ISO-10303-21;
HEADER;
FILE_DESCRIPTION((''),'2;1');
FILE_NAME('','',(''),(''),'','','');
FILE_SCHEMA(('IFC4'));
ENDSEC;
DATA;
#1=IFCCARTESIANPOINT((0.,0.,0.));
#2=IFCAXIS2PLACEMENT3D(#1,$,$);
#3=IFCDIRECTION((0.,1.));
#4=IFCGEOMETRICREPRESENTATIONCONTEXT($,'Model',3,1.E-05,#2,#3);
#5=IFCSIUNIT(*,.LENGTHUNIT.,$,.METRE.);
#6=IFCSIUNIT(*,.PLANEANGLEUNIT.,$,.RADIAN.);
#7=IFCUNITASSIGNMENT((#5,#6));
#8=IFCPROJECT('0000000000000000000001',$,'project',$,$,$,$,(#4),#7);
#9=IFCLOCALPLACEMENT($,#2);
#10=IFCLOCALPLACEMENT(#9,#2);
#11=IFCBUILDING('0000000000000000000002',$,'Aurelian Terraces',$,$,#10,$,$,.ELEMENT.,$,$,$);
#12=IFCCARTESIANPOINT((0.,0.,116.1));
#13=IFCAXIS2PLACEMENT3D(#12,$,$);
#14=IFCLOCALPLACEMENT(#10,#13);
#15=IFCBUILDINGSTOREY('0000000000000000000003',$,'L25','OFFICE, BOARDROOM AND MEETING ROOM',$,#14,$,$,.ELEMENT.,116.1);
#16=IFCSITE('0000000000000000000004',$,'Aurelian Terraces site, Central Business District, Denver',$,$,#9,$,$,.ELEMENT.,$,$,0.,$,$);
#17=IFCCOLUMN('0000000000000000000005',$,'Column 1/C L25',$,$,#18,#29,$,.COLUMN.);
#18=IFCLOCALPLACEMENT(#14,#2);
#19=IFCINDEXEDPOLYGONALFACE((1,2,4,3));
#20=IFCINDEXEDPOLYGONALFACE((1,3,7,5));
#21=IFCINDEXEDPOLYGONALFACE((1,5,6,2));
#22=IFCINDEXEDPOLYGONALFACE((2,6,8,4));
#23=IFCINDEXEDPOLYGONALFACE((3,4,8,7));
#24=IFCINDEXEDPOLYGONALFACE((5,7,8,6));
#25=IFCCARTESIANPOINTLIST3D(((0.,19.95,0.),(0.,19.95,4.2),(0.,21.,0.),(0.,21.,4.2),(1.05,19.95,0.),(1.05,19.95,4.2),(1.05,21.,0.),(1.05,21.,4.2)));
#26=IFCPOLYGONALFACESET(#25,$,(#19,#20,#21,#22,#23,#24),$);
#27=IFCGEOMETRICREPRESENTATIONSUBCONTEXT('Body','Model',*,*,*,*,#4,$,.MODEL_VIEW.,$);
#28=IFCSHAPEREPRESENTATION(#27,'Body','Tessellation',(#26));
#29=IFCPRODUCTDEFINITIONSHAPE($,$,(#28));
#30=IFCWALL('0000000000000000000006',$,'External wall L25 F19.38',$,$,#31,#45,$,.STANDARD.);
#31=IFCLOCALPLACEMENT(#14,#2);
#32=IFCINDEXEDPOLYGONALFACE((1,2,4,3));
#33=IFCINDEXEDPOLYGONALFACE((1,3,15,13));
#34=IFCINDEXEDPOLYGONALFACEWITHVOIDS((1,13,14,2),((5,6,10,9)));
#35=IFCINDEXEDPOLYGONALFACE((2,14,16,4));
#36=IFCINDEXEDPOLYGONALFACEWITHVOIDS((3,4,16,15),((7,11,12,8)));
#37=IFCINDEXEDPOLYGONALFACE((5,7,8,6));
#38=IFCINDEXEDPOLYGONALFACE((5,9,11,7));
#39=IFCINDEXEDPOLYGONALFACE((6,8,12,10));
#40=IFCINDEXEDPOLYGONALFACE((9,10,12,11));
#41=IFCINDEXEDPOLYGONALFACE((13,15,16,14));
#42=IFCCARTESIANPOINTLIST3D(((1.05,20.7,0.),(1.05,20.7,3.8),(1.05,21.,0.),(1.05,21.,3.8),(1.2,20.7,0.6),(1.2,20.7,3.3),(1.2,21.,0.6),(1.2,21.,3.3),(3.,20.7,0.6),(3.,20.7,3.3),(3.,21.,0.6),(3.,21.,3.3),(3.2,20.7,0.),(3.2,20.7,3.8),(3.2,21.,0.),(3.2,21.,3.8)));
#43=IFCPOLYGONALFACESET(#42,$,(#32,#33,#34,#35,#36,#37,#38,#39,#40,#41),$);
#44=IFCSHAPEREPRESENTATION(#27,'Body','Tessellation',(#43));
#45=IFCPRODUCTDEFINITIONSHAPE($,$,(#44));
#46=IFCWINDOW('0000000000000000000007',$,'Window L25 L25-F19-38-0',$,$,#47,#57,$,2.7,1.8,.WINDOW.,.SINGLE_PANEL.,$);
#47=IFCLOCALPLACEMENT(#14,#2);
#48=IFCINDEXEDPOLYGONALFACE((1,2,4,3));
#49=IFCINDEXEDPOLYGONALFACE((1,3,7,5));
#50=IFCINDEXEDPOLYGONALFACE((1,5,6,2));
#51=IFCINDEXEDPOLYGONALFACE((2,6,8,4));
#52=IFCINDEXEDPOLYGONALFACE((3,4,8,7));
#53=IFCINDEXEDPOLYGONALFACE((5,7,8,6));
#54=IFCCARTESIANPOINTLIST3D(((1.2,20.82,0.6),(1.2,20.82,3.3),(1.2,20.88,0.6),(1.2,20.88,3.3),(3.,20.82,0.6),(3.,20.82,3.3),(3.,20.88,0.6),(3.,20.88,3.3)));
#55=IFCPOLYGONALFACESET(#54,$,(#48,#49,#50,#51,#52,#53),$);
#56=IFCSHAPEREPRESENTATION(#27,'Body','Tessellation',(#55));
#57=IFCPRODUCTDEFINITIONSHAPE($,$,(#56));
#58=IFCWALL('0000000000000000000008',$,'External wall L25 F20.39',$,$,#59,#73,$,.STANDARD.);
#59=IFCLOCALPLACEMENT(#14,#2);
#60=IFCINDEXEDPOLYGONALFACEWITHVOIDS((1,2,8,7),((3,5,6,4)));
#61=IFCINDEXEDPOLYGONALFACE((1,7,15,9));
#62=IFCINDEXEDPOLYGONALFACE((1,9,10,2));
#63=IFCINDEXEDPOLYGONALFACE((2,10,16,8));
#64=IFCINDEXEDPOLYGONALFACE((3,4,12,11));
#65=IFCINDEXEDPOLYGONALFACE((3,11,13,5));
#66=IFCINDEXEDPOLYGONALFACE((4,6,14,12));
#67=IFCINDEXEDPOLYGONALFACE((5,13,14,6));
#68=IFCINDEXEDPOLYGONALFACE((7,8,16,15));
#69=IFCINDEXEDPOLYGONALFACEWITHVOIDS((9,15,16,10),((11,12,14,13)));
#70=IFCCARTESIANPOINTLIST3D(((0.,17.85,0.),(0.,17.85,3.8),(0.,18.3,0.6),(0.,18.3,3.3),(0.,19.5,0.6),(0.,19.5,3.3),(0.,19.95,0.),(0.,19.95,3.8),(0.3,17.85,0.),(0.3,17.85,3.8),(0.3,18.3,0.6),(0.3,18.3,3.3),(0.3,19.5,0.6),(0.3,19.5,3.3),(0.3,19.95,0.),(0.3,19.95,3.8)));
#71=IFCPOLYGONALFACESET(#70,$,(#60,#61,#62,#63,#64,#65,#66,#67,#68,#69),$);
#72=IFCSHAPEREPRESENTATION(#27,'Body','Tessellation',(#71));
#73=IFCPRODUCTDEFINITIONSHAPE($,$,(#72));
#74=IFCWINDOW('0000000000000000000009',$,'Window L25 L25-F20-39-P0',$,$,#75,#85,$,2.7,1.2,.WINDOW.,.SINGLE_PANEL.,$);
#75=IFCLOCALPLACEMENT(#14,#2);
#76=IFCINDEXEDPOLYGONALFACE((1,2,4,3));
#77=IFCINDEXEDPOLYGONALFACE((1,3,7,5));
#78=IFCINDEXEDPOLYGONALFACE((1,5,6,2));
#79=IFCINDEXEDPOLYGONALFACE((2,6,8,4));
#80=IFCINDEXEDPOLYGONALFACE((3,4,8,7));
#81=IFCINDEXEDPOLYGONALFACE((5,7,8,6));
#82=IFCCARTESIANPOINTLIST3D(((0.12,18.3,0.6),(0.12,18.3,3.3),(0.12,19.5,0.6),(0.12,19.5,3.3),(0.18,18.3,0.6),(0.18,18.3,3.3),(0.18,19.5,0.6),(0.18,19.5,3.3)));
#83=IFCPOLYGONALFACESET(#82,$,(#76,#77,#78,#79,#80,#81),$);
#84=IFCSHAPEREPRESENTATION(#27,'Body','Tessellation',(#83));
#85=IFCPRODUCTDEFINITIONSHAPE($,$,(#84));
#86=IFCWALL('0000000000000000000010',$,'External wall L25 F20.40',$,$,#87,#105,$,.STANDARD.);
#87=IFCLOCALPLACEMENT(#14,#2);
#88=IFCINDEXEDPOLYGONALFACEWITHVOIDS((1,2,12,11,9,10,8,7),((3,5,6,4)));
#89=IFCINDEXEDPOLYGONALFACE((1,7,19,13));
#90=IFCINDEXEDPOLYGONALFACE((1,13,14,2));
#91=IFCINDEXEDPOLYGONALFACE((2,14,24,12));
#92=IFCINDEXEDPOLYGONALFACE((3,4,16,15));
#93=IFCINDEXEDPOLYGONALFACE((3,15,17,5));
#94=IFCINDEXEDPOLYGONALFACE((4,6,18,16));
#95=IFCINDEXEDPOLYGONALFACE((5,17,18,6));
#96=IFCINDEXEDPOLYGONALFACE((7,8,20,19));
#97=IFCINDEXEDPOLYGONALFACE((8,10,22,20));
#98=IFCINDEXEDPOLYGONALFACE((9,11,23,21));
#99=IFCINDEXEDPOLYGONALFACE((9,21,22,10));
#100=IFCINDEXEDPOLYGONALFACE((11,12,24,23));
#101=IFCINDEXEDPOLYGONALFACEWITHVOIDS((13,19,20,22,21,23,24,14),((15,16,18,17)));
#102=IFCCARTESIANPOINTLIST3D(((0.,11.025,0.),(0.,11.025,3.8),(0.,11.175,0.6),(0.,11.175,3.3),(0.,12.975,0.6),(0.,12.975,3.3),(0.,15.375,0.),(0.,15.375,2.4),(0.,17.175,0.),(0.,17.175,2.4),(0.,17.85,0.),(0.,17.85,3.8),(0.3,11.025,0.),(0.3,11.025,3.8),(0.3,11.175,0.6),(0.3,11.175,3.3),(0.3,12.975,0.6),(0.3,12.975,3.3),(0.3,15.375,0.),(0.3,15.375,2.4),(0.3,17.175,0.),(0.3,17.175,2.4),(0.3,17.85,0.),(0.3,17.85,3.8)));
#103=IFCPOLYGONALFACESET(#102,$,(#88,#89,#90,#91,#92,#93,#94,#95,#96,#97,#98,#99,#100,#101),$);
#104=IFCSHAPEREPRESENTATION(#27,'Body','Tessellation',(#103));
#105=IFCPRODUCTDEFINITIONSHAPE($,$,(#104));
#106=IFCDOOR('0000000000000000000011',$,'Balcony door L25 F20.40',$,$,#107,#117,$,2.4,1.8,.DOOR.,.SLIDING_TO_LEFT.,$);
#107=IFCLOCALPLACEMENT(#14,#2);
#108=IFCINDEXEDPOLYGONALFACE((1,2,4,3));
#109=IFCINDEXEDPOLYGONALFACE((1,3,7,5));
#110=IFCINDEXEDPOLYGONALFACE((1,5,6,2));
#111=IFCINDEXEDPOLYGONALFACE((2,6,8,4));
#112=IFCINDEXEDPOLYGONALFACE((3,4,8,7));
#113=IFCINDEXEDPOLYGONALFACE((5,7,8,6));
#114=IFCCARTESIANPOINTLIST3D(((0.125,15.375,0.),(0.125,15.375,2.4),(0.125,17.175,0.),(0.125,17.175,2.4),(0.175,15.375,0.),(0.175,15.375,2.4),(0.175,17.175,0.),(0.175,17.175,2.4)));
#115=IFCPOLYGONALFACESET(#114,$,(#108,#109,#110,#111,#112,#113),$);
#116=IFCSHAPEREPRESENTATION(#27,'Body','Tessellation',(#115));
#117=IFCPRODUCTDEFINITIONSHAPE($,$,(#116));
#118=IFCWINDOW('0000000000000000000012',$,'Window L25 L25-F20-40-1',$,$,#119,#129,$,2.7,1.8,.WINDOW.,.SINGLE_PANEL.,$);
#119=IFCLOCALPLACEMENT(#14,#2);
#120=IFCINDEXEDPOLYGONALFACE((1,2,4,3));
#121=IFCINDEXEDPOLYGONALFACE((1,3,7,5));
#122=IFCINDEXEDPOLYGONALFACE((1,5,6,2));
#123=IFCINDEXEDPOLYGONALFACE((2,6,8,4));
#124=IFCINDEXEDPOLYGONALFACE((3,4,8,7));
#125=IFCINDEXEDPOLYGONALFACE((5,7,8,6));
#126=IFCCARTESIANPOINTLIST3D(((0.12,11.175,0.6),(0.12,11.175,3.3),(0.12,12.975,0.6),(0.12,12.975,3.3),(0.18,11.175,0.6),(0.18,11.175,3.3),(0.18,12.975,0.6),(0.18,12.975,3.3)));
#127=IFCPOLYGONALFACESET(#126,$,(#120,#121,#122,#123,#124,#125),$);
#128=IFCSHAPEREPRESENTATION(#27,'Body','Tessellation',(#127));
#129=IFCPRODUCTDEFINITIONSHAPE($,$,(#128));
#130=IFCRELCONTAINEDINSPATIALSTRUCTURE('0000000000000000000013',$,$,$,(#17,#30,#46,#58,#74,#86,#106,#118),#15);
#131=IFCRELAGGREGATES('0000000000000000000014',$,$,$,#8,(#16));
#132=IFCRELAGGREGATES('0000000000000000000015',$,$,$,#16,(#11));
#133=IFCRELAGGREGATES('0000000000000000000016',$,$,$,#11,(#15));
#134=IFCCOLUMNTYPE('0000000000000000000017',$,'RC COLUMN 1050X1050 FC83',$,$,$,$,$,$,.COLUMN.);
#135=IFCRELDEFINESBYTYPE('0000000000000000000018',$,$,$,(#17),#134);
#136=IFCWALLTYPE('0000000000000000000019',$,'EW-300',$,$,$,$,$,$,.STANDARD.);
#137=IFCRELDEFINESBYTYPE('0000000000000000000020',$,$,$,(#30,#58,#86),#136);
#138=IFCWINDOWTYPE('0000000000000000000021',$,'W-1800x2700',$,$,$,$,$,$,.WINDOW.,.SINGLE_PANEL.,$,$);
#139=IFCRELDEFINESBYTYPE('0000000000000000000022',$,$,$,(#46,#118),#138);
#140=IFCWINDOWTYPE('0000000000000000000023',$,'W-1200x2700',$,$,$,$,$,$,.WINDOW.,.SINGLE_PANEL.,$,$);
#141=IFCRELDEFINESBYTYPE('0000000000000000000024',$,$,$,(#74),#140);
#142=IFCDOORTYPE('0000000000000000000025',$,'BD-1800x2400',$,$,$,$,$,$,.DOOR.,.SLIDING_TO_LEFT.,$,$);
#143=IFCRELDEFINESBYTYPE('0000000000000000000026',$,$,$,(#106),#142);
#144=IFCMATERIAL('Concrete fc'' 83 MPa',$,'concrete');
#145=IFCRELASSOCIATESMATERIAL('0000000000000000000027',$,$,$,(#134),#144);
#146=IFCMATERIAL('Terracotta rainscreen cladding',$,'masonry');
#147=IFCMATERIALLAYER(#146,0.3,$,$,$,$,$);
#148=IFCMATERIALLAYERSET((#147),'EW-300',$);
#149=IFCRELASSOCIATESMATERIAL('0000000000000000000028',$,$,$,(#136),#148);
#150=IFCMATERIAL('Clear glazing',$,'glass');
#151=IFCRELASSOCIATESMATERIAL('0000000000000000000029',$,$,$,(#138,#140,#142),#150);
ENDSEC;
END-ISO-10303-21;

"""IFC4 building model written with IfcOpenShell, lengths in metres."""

from ifc_helpers import new_model, si_unit, direction, frame, frame_2d, origin, origin_2d, place, context, subcontext, project, spatial, rectangle, extrude, source, transform, mapped, material, layer, layer_set, material_profile, profile_set, type_object, element, fill, save


model = new_model("IFC4")

# Units and contexts
model_context = context("Model", 3, precision=1e-05, world=origin(), true_north=direction((0.0, 1.0)))
body_context = subcontext(model_context, "Body", "Model", "MODEL_VIEW")
ifc_project = project(units=[si_unit("LENGTHUNIT", "METRE"), si_unit("PLANEANGLEUNIT", "RADIAN")], contexts=[model_context])

# Site, building, storey
site_placement = place(None, origin())
site = spatial("IfcSite", under=ifc_project, at=site_placement, Name="Aurelian Terraces site, Central Business District, Denver", CompositionType="ELEMENT", RefElevation=0.0)
building_placement = place(site_placement, origin())
building = spatial("IfcBuilding", under=site, at=building_placement, Name="Aurelian Terraces", CompositionType="ELEMENT")
storey_placement = place(building_placement, frame((0.0, 0.0, 116.1)))
storey = spatial("IfcBuildingStorey", under=building, at=storey_placement, Name="L25", Description="OFFICE, BOARDROOM AND MEETING ROOM", CompositionType="ELEMENT", Elevation=116.1)

# Column
ifc_material_1 = material(Name="Concrete fc' 83 MPa", Category="concrete")
ifc_material_profile = material_profile(ifc_material_1, rectangle(XDim=1.05, YDim=1.05, at=origin_2d()))
ifc_profile_set = profile_set([ifc_material_profile], Name="Concrete fc' 83 MPa")
column_type = type_object("IfcColumnType", Name="RC COLUMN 1050X1050 FC83", PredefinedType="COLUMN", material=ifc_profile_set)
shared_shape_1 = source(origin(), body_context, "Body", "SweptSolid", [
    extrude(rectangle(XDim=1.05, YDim=1.05, at=origin_2d()), origin(), (0.0, 0.0, 1.0), 4.2),
])
column_placement = place(storey_placement, frame((0.525, 20.475, 0.0), z_axis=(0.0, 0.0, 1.0), x_axis=(1.0, 0.0, 0.0)))
element("IfcColumn", 1, at=column_placement, inside=storey, type_object=column_type, Name="Column 1/C L25", PredefinedType="COLUMN", context=body_context, shape_type="MappedRepresentation", body=[
    mapped(shared_shape_1, transform((0.0, 0.0, 0.0), scale=1.0)),
])

# Walls, openings, windows
ifc_material_2 = material(Name="Terracotta rainscreen cladding", Category="masonry")
ifc_layer = layer(ifc_material_2, 0.3)
ifc_layer_set = layer_set([ifc_layer], Name="EW-300")
wall_type = type_object("IfcWallType", Name="EW-300", PredefinedType="STANDARD", material=ifc_layer_set)
shared_shape_2 = source(origin(), body_context, "Body", "SweptSolid", [
    extrude(rectangle(XDim=2.15, YDim=0.3, at=frame_2d((1.075, 0.0))), origin(), (0.0, 0.0, 1.0), 3.8),
])
wall_1_placement = place(storey_placement, frame((3.2, 20.85, 0.0), z_axis=(0.0, 0.0, 1.0), x_axis=(-1.0, 0.0, 0.0)))
wall_1 = element("IfcWall", 2, at=wall_1_placement, inside=storey, type_object=wall_type, Name="External wall L25 F19.38", PredefinedType="STANDARD", context=body_context, shape_type="MappedRepresentation", body=[
    mapped(shared_shape_2, transform((0.0, 0.0, 0.0), scale=1.0)),
])
shared_shape_3 = source(origin(), body_context, "Body", "SweptSolid", [
    extrude(rectangle(XDim=1.8, YDim=2.7, at=frame_2d((0.9, 1.35))), frame((0.0, 0.16, 0.0), z_axis=(0.0, -1.0, 0.0), x_axis=(1.0, 0.0, 0.0)), (0.0, 0.0, 1.0), 0.32),
])
opening_1_placement = place(wall_1_placement, frame((0.2, 0.0, 0.6)))
opening_1 = element("IfcOpeningElement", 3, at=opening_1_placement, cuts=wall_1, PredefinedType="OPENING", context=body_context, shape_type="MappedRepresentation", body=[
    mapped(shared_shape_3, transform((0.0, 0.0, 0.0), scale=1.0)),
])
ifc_material_3 = material(Name="Clear glazing", Category="glass")
window_type_1 = type_object("IfcWindowType", Name="W-1800x2700", PartitioningType="SINGLE_PANEL", PredefinedType="WINDOW", material=ifc_material_3)
shared_shape_4 = source(origin(), body_context, "Body", "SweptSolid", [
    extrude(rectangle(XDim=1.8, YDim=2.7, at=frame_2d((0.9, 1.35))), frame((0.0, 0.03, 0.0), z_axis=(0.0, -1.0, 0.0), x_axis=(1.0, 0.0, 0.0)), (0.0, 0.0, 1.0), 0.06),
])
window_1_placement = place(opening_1_placement, origin())
window_1 = element("IfcWindow", 4, at=window_1_placement, inside=storey, type_object=window_type_1, Name="Window L25 L25-F19-38-0", OverallHeight=2.7, OverallWidth=1.8, PartitioningType="SINGLE_PANEL", PredefinedType="WINDOW", context=body_context, shape_type="MappedRepresentation", body=[
    mapped(shared_shape_4, transform((0.0, 0.0, 0.0), scale=1.0)),
])
fill(opening_1, window_1)
shared_shape_5 = source(origin(), body_context, "Body", "SweptSolid", [
    extrude(rectangle(XDim=2.1, YDim=0.3, at=frame_2d((1.05, 0.0))), origin(), (0.0, 0.0, 1.0), 3.8),
])
wall_2_placement = place(storey_placement, frame((0.15, 19.95, 0.0), z_axis=(0.0, 0.0, 1.0), x_axis=(0.0, -1.0, 0.0)))
wall_2 = element("IfcWall", 5, at=wall_2_placement, inside=storey, type_object=wall_type, Name="External wall L25 F20.39", PredefinedType="STANDARD", context=body_context, shape_type="MappedRepresentation", body=[
    mapped(shared_shape_5, transform((0.0, 0.0, 0.0), scale=1.0)),
])
shared_shape_6 = source(origin(), body_context, "Body", "SweptSolid", [
    extrude(rectangle(XDim=1.2, YDim=2.7, at=frame_2d((0.6, 1.35))), frame((0.0, 0.16, 0.0), z_axis=(0.0, -1.0, 0.0), x_axis=(1.0, 0.0, 0.0)), (0.0, 0.0, 1.0), 0.32),
])
opening_2_placement = place(wall_2_placement, frame((0.45, 0.0, 0.6)))
opening_2 = element("IfcOpeningElement", 6, at=opening_2_placement, cuts=wall_2, PredefinedType="OPENING", context=body_context, shape_type="MappedRepresentation", body=[
    mapped(shared_shape_6, transform((0.0, 0.0, 0.0), scale=1.0)),
])
window_type_2 = type_object("IfcWindowType", Name="W-1200x2700", PartitioningType="SINGLE_PANEL", PredefinedType="WINDOW", material=ifc_material_3)
shared_shape_7 = source(origin(), body_context, "Body", "SweptSolid", [
    extrude(rectangle(XDim=1.2, YDim=2.7, at=frame_2d((0.6, 1.35))), frame((0.0, 0.03, 0.0), z_axis=(0.0, -1.0, 0.0), x_axis=(1.0, 0.0, 0.0)), (0.0, 0.0, 1.0), 0.06),
])
window_2_placement = place(opening_2_placement, origin())
window_2 = element("IfcWindow", 7, at=window_2_placement, inside=storey, type_object=window_type_2, Name="Window L25 L25-F20-39-P0", OverallHeight=2.7, OverallWidth=1.2, PartitioningType="SINGLE_PANEL", PredefinedType="WINDOW", context=body_context, shape_type="MappedRepresentation", body=[
    mapped(shared_shape_7, transform((0.0, 0.0, 0.0), scale=1.0)),
])
fill(opening_2, window_2)

# Wall, openings, door, window
shared_shape_8 = source(origin(), body_context, "Body", "SweptSolid", [
    extrude(rectangle(XDim=6.825, YDim=0.3, at=frame_2d((3.4125, 0.0))), origin(), (0.0, 0.0, 1.0), 3.8),
])
wall_3_placement = place(storey_placement, frame((0.15, 17.85, 0.0), z_axis=(0.0, 0.0, 1.0), x_axis=(0.0, -1.0, 0.0)))
wall_3 = element("IfcWall", 8, at=wall_3_placement, inside=storey, type_object=wall_type, Name="External wall L25 F20.40", PredefinedType="STANDARD", context=body_context, shape_type="MappedRepresentation", body=[
    mapped(shared_shape_8, transform((0.0, 0.0, 0.0), scale=1.0)),
])
shared_shape_9 = source(origin(), body_context, "Body", "SweptSolid", [
    extrude(rectangle(XDim=1.8, YDim=2.4, at=frame_2d((0.9, 1.2))), frame((0.0, 0.16, 0.0), z_axis=(0.0, -1.0, 0.0), x_axis=(1.0, 0.0, 0.0)), (0.0, 0.0, 1.0), 0.32),
])
opening_3_placement = place(wall_3_placement, frame((0.675, 0.0, 0.0)))
opening_3 = element("IfcOpeningElement", 9, at=opening_3_placement, cuts=wall_3, PredefinedType="OPENING", context=body_context, shape_type="MappedRepresentation", body=[
    mapped(shared_shape_9, transform((0.0, 0.0, 0.0), scale=1.0)),
])
opening_4_placement = place(wall_3_placement, frame((4.875, 0.0, 0.6)))
opening_4 = element("IfcOpeningElement", 10, at=opening_4_placement, cuts=wall_3, PredefinedType="OPENING", context=body_context, shape_type="MappedRepresentation", body=[
    mapped(shared_shape_3, transform((0.0, 0.0, 0.0), scale=1.0)),
])
door_type = type_object("IfcDoorType", Name="BD-1800x2400", OperationType="SLIDING_TO_LEFT", PredefinedType="DOOR", material=ifc_material_3)
shared_shape_10 = source(origin(), body_context, "Body", "SweptSolid", [
    extrude(rectangle(XDim=1.8, YDim=2.4, at=frame_2d((0.9, 1.2))), frame((0.0, 0.025, 0.0), z_axis=(0.0, -1.0, 0.0), x_axis=(1.0, 0.0, 0.0)), (0.0, 0.0, 1.0), 0.05),
])
door_placement = place(opening_3_placement, origin())
door = element("IfcDoor", 11, at=door_placement, inside=storey, type_object=door_type, Name="Balcony door L25 F20.40", OperationType="SLIDING_TO_LEFT", OverallHeight=2.4, OverallWidth=1.8, PredefinedType="DOOR", context=body_context, shape_type="MappedRepresentation", body=[
    mapped(shared_shape_10, transform((0.0, 0.0, 0.0), scale=1.0)),
])
fill(opening_3, door)
window_3_placement = place(opening_4_placement, origin())
window_3 = element("IfcWindow", 12, at=window_3_placement, inside=storey, type_object=window_type_1, Name="Window L25 L25-F20-40-1", OverallHeight=2.7, OverallWidth=1.8, PartitioningType="SINGLE_PANEL", PredefinedType="WINDOW", context=body_context, shape_type="MappedRepresentation", body=[
    mapped(shared_shape_4, transform((0.0, 0.0, 0.0), scale=1.0)),
])
fill(opening_4, window_3)

save(model, "model.ifc")
